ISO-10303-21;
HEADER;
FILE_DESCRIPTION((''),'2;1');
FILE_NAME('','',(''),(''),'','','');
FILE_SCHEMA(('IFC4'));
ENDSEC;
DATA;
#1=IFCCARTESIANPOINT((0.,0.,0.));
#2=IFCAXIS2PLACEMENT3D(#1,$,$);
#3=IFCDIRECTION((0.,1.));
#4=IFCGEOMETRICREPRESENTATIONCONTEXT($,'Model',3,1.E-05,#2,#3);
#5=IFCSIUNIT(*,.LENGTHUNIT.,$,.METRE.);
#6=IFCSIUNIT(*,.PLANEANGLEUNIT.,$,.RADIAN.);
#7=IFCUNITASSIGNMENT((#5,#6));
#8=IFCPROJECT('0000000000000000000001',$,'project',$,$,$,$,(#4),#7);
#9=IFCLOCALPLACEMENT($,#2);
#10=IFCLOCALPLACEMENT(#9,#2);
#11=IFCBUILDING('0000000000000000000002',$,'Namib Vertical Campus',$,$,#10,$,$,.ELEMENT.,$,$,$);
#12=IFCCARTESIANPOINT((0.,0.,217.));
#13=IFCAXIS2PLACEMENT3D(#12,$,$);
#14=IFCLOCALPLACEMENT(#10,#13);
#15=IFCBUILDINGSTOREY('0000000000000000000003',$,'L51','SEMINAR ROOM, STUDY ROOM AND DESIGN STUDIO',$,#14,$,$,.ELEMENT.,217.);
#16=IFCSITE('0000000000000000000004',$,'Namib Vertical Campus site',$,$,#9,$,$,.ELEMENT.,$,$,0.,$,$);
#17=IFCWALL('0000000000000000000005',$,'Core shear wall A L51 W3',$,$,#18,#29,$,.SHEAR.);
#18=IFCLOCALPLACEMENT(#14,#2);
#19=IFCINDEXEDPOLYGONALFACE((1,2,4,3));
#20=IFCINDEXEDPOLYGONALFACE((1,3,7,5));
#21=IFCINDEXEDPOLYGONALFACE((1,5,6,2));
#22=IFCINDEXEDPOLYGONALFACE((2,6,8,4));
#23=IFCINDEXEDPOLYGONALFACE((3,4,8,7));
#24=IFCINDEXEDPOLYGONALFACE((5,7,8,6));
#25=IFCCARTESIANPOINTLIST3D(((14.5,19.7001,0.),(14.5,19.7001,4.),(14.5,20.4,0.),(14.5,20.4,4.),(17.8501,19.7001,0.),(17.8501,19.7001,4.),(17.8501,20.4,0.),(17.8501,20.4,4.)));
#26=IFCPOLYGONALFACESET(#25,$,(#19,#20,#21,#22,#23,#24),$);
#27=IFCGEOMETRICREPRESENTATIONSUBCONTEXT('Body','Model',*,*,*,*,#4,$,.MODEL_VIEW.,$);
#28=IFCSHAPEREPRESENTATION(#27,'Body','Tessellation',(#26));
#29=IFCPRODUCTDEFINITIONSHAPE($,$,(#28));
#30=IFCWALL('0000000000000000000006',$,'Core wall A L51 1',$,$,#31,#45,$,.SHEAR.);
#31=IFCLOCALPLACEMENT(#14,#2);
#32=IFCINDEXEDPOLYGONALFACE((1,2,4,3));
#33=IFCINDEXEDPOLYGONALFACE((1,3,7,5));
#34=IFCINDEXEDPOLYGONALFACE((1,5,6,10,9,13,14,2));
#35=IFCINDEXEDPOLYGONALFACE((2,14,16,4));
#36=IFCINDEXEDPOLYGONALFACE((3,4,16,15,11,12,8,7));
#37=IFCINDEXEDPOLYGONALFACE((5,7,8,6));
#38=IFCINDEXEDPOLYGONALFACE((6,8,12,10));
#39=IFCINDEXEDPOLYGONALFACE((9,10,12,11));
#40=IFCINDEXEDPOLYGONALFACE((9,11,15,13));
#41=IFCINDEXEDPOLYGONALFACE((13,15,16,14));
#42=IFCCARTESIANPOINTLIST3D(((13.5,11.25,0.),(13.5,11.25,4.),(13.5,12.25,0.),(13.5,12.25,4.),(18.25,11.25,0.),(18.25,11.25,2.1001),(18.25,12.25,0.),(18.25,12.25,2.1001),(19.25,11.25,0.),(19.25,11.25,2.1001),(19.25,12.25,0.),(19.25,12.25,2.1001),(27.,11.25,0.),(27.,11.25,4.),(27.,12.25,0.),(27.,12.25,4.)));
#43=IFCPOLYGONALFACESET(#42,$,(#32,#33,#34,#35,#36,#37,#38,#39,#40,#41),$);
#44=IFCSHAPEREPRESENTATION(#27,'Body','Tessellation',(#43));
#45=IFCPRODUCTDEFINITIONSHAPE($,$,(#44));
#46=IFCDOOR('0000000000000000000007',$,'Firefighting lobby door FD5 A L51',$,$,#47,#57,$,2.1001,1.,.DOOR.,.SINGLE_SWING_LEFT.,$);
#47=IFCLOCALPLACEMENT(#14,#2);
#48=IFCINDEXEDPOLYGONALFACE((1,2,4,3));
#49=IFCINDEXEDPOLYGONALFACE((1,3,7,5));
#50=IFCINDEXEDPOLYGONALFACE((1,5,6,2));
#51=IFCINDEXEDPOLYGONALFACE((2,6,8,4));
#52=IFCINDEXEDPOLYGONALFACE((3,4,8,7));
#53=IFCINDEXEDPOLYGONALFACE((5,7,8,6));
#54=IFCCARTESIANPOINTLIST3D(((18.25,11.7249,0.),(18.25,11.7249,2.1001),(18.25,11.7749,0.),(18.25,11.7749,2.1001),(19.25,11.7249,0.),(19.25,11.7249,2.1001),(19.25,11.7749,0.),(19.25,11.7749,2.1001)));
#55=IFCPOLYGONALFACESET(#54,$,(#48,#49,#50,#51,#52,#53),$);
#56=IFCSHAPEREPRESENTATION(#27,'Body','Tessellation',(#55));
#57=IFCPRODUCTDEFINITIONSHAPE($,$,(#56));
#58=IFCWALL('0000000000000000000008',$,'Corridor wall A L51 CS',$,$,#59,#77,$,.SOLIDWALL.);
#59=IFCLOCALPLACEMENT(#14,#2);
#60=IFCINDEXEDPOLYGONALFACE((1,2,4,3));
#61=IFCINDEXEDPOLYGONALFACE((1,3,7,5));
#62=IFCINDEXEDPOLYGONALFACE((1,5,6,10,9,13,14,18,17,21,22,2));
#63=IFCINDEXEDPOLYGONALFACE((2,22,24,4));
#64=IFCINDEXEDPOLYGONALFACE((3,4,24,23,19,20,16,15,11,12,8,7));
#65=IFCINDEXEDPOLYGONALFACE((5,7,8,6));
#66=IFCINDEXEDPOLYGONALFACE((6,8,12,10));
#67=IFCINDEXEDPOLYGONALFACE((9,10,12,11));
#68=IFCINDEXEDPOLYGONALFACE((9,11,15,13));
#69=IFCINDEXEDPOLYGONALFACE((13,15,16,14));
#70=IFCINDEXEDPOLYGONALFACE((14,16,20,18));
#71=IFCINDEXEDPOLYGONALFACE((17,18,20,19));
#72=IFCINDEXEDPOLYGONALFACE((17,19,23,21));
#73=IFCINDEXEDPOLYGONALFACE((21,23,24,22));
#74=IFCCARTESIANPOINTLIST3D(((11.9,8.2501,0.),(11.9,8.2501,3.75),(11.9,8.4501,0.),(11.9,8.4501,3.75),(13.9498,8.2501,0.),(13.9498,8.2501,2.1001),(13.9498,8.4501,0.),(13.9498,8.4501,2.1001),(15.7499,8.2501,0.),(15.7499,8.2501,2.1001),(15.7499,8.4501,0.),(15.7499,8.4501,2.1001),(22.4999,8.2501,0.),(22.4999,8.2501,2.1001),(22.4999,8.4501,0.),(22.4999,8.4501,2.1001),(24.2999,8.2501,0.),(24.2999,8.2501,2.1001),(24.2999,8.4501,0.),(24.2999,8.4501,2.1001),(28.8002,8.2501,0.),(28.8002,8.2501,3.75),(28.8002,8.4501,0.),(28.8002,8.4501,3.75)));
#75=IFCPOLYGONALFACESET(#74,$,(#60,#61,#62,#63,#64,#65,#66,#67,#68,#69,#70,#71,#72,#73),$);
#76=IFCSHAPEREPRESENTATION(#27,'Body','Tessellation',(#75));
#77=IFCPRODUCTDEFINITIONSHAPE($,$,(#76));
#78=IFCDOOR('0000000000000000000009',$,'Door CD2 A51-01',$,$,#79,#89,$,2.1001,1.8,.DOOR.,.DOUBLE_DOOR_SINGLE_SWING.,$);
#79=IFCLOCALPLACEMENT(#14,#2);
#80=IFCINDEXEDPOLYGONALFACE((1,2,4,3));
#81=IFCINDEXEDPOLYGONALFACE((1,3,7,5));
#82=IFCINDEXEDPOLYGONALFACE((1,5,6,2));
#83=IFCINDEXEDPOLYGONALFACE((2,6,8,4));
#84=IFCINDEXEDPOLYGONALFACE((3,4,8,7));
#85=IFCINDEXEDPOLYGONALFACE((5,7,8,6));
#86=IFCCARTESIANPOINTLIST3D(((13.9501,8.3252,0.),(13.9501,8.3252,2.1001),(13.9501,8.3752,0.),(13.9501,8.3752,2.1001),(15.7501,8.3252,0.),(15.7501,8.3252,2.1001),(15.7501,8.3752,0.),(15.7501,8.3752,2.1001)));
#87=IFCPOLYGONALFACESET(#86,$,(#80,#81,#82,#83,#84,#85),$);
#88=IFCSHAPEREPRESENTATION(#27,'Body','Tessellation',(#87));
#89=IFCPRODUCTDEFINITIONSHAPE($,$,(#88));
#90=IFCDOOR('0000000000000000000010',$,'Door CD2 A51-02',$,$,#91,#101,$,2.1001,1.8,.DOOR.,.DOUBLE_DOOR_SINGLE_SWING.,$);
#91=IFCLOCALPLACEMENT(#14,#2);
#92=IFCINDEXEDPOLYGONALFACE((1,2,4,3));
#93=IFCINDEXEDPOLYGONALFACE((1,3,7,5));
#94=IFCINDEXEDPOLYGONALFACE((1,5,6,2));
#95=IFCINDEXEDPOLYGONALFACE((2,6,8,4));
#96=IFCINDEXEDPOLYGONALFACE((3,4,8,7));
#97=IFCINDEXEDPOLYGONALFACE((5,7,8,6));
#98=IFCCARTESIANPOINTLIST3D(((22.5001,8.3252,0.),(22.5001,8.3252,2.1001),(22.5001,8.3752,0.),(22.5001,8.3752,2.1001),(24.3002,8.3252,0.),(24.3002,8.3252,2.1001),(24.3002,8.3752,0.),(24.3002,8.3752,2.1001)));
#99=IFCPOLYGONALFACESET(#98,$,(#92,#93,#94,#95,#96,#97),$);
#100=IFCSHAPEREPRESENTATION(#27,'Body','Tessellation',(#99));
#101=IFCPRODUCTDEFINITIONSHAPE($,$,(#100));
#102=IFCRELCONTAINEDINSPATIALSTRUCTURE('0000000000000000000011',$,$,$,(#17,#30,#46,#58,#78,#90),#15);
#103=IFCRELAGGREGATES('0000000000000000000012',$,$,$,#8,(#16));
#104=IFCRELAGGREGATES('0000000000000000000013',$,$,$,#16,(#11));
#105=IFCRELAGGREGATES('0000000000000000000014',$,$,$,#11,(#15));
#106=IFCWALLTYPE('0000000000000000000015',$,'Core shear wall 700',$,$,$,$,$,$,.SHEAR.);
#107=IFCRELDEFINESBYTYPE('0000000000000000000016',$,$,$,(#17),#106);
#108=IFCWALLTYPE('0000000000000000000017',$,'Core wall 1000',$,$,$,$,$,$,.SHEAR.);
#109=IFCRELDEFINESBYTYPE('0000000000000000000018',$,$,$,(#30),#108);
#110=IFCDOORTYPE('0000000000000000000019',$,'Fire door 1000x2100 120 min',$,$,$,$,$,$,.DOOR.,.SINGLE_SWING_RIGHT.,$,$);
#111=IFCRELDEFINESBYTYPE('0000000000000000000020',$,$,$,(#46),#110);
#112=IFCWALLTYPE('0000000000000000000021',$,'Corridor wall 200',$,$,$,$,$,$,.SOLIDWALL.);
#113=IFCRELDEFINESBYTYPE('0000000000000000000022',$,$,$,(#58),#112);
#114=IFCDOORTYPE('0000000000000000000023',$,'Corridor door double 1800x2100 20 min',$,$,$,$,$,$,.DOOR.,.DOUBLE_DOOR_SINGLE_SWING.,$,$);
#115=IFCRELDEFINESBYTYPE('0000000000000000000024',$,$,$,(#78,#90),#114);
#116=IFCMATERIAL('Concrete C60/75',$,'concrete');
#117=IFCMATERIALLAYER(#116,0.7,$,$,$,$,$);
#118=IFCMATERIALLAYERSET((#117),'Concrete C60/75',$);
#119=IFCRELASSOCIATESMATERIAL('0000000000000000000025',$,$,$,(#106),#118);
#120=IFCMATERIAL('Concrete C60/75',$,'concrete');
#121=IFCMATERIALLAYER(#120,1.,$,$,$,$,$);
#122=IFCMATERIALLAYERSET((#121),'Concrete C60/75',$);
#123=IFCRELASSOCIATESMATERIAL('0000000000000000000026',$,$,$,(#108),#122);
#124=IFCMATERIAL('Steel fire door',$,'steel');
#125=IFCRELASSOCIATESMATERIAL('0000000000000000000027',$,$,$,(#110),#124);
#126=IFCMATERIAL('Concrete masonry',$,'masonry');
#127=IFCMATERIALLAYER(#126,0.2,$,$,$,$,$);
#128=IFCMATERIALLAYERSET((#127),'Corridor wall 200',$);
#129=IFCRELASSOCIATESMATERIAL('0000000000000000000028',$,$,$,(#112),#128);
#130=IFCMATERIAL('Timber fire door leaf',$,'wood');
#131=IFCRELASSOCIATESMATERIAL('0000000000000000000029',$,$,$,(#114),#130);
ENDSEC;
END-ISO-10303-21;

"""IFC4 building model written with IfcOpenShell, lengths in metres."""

from ifc_helpers import new_model, si_unit, direction, frame, frame_2d, origin, place, context, subcontext, project, spatial, rectangle, extrude, material, layer, layer_set, type_object, element, fill, save


model = new_model("IFC4")

# Units and contexts
model_context = context("Model", 3, precision=1e-05, world=origin(), true_north=direction((0.0, 1.0)))
body_context = subcontext(model_context, "Body", "Model", "MODEL_VIEW")
ifc_project = project(units=[si_unit("LENGTHUNIT", "METRE"), si_unit("PLANEANGLEUNIT", "RADIAN")], contexts=[model_context])

# Site, building, storey
site_placement = place(None, origin())
site = spatial("IfcSite", under=ifc_project, at=site_placement, Name="Namib Vertical Campus site", CompositionType="ELEMENT", RefElevation=0.0)
building_placement = place(site_placement, origin())
building = spatial("IfcBuilding", under=site, at=building_placement, Name="Namib Vertical Campus", CompositionType="ELEMENT")
storey_placement = place(building_placement, frame((0.0, 0.0, 217.0)))
storey = spatial("IfcBuildingStorey", under=building, at=storey_placement, Name="L51", Description="SEMINAR ROOM, STUDY ROOM AND DESIGN STUDIO", CompositionType="ELEMENT", Elevation=217.0)

# Wall
ifc_material_1 = material(Name="Concrete C60/75", Category="concrete")
ifc_layer_1 = layer(ifc_material_1, 0.7)
ifc_layer_set_1 = layer_set([ifc_layer_1], Name="Concrete C60/75")
wall_type_1 = type_object("IfcWallType", Name="Core shear wall 700", PredefinedType="SHEAR", material=ifc_layer_set_1)
wall_1_placement = place(storey_placement, frame((14.5, 20.05, 0.0), z_axis=(0.0, 0.0, 1.0), x_axis=(1.0, 0.0, 0.0)))
element("IfcWall", 1, at=wall_1_placement, inside=storey, type_object=wall_type_1, Name="Core shear wall A L51 W3", PredefinedType="SHEAR", context=body_context, shape_type="SweptSolid", body=[
    extrude(rectangle(XDim=3.3501, YDim=0.7, at=frame_2d((1.675, 0.0))), origin(), (0.0, 0.0, 1.0), 4.0),
])

# Wall, opening, door
ifc_material_2 = material(Name="Concrete C60/75", Category="concrete")
ifc_layer_2 = layer(ifc_material_2, 1.0)
ifc_layer_set_2 = layer_set([ifc_layer_2], Name="Concrete C60/75")
wall_type_2 = type_object("IfcWallType", Name="Core wall 1000", PredefinedType="SHEAR", material=ifc_layer_set_2)
wall_2_placement = place(storey_placement, frame((13.5, 11.75, 0.0), z_axis=(0.0, 0.0, 1.0), x_axis=(1.0, 0.0, 0.0)))
wall_2 = element("IfcWall", 2, at=wall_2_placement, inside=storey, type_object=wall_type_2, Name="Core wall A L51 1", PredefinedType="SHEAR", context=body_context, shape_type="SweptSolid", body=[
    extrude(rectangle(XDim=13.5, YDim=1.0, at=frame_2d((6.75, 0.0))), origin(), (0.0, 0.0, 1.0), 4.0),
])
opening_1_placement = place(wall_2_placement, frame((4.75, 0.0, 0.0)))
opening_1 = element("IfcOpeningElement", 3, at=opening_1_placement, cuts=wall_2, PredefinedType="OPENING", context=body_context, shape_type="SweptSolid", body=[
    extrude(rectangle(XDim=1.0, YDim=2.1001, at=frame_2d((0.5, 1.05))), frame((0.0, 0.51, 0.0), z_axis=(0.0, -1.0, 0.0), x_axis=(1.0, 0.0, 0.0)), (0.0, 0.0, 1.0), 1.02),
])
ifc_material_3 = material(Name="Steel fire door", Category="steel")
door_type_1 = type_object("IfcDoorType", Name="Fire door 1000x2100 120 min", OperationType="SINGLE_SWING_RIGHT", PredefinedType="DOOR", material=ifc_material_3)
door_1_placement = place(opening_1_placement, origin())
door_1 = element("IfcDoor", 4, at=door_1_placement, inside=storey, type_object=door_type_1, Name="Firefighting lobby door FD5 A L51", OperationType="SINGLE_SWING_LEFT", OverallHeight=2.1001, OverallWidth=1.0, PredefinedType="DOOR", context=body_context, shape_type="SweptSolid", body=[
    extrude(rectangle(XDim=1.0, YDim=2.1001, at=frame_2d((0.5, 1.05))), frame((0.0, 0.0249, 0.0), z_axis=(0.0, -1.0, 0.0), x_axis=(1.0, 0.0, 0.0)), (0.0, 0.0, 1.0), 0.05),
])
fill(opening_1, door_1)

# Wall, openings, doors
ifc_material_4 = material(Name="Concrete masonry", Category="masonry")
ifc_layer_3 = layer(ifc_material_4, 0.2)
ifc_layer_set_3 = layer_set([ifc_layer_3], Name="Corridor wall 200")
wall_type_3 = type_object("IfcWallType", Name="Corridor wall 200", PredefinedType="SOLIDWALL", material=ifc_layer_set_3)
wall_3_placement = place(storey_placement, frame((11.8999, 8.3501, 0.0), z_axis=(0.0, 0.0, 1.0), x_axis=(1.0, 0.0, 0.0)))
wall_3 = element("IfcWall", 5, at=wall_3_placement, inside=storey, type_object=wall_type_3, Name="Corridor wall A L51 CS", PredefinedType="SOLIDWALL", context=body_context, shape_type="SweptSolid", body=[
    extrude(rectangle(XDim=16.9001, YDim=0.2, at=frame_2d((8.4502, 0.0))), origin(), (0.0, 0.0, 1.0), 3.75),
])
opening_2_placement = place(wall_3_placement, frame((2.05, 0.0, 0.0)))
opening_2 = element("IfcOpeningElement", 6, at=opening_2_placement, cuts=wall_3, PredefinedType="OPENING", context=body_context, shape_type="SweptSolid", body=[
    extrude(rectangle(XDim=1.8, YDim=2.1001, at=frame_2d((0.8999, 1.05))), frame((0.0, 0.1099, 0.0), z_axis=(0.0, -1.0, 0.0), x_axis=(1.0, 0.0, 0.0)), (0.0, 0.0, 1.0), 0.22),
])
opening_3_placement = place(wall_3_placement, frame((10.6001, 0.0, 0.0)))
opening_3 = element("IfcOpeningElement", 7, at=opening_3_placement, cuts=wall_3, PredefinedType="OPENING", context=body_context, shape_type="SweptSolid", body=[
    extrude(rectangle(XDim=1.8, YDim=2.1001, at=frame_2d((0.8999, 1.05))), frame((0.0, 0.1099, 0.0), z_axis=(0.0, -1.0, 0.0), x_axis=(1.0, 0.0, 0.0)), (0.0, 0.0, 1.0), 0.22),
])
ifc_material_5 = material(Name="Timber fire door leaf", Category="wood")
door_type_2 = type_object("IfcDoorType", Name="Corridor door double 1800x2100 20 min", OperationType="DOUBLE_DOOR_SINGLE_SWING", PredefinedType="DOOR", material=ifc_material_5)
door_2_placement = place(opening_2_placement, frame((1.8, 0.0, 0.0), z_axis=(0.0, 0.0, 1.0), x_axis=(-1.0, 0.0, 0.0)))
door_2 = element("IfcDoor", 8, at=door_2_placement, inside=storey, type_object=door_type_2, Name="Door CD2 A51-01", OperationType="DOUBLE_DOOR_SINGLE_SWING", OverallHeight=2.1001, OverallWidth=1.8, PredefinedType="DOOR", context=body_context, shape_type="SweptSolid", body=[
    extrude(rectangle(XDim=1.8, YDim=2.1001, at=frame_2d((0.8999, 1.05))), frame((0.0, 0.0249, 0.0), z_axis=(0.0, -1.0, 0.0), x_axis=(1.0, 0.0, 0.0)), (0.0, 0.0, 1.0), 0.05),
])
fill(opening_2, door_2)
door_3_placement = place(opening_3_placement, frame((1.8, 0.0, 0.0), z_axis=(0.0, 0.0, 1.0), x_axis=(-1.0, 0.0, 0.0)))
door_3 = element("IfcDoor", 9, at=door_3_placement, inside=storey, type_object=door_type_2, Name="Door CD2 A51-02", OperationType="DOUBLE_DOOR_SINGLE_SWING", OverallHeight=2.1001, OverallWidth=1.8, PredefinedType="DOOR", context=body_context, shape_type="SweptSolid", body=[
    extrude(rectangle(XDim=1.8, YDim=2.1001, at=frame_2d((0.8999, 1.05))), frame((0.0, 0.0249, 0.0), z_axis=(0.0, -1.0, 0.0), x_axis=(1.0, 0.0, 0.0)), (0.0, 0.0, 1.0), 0.05),
])
fill(opening_3, door_3)

save(model, "model.ifc")
